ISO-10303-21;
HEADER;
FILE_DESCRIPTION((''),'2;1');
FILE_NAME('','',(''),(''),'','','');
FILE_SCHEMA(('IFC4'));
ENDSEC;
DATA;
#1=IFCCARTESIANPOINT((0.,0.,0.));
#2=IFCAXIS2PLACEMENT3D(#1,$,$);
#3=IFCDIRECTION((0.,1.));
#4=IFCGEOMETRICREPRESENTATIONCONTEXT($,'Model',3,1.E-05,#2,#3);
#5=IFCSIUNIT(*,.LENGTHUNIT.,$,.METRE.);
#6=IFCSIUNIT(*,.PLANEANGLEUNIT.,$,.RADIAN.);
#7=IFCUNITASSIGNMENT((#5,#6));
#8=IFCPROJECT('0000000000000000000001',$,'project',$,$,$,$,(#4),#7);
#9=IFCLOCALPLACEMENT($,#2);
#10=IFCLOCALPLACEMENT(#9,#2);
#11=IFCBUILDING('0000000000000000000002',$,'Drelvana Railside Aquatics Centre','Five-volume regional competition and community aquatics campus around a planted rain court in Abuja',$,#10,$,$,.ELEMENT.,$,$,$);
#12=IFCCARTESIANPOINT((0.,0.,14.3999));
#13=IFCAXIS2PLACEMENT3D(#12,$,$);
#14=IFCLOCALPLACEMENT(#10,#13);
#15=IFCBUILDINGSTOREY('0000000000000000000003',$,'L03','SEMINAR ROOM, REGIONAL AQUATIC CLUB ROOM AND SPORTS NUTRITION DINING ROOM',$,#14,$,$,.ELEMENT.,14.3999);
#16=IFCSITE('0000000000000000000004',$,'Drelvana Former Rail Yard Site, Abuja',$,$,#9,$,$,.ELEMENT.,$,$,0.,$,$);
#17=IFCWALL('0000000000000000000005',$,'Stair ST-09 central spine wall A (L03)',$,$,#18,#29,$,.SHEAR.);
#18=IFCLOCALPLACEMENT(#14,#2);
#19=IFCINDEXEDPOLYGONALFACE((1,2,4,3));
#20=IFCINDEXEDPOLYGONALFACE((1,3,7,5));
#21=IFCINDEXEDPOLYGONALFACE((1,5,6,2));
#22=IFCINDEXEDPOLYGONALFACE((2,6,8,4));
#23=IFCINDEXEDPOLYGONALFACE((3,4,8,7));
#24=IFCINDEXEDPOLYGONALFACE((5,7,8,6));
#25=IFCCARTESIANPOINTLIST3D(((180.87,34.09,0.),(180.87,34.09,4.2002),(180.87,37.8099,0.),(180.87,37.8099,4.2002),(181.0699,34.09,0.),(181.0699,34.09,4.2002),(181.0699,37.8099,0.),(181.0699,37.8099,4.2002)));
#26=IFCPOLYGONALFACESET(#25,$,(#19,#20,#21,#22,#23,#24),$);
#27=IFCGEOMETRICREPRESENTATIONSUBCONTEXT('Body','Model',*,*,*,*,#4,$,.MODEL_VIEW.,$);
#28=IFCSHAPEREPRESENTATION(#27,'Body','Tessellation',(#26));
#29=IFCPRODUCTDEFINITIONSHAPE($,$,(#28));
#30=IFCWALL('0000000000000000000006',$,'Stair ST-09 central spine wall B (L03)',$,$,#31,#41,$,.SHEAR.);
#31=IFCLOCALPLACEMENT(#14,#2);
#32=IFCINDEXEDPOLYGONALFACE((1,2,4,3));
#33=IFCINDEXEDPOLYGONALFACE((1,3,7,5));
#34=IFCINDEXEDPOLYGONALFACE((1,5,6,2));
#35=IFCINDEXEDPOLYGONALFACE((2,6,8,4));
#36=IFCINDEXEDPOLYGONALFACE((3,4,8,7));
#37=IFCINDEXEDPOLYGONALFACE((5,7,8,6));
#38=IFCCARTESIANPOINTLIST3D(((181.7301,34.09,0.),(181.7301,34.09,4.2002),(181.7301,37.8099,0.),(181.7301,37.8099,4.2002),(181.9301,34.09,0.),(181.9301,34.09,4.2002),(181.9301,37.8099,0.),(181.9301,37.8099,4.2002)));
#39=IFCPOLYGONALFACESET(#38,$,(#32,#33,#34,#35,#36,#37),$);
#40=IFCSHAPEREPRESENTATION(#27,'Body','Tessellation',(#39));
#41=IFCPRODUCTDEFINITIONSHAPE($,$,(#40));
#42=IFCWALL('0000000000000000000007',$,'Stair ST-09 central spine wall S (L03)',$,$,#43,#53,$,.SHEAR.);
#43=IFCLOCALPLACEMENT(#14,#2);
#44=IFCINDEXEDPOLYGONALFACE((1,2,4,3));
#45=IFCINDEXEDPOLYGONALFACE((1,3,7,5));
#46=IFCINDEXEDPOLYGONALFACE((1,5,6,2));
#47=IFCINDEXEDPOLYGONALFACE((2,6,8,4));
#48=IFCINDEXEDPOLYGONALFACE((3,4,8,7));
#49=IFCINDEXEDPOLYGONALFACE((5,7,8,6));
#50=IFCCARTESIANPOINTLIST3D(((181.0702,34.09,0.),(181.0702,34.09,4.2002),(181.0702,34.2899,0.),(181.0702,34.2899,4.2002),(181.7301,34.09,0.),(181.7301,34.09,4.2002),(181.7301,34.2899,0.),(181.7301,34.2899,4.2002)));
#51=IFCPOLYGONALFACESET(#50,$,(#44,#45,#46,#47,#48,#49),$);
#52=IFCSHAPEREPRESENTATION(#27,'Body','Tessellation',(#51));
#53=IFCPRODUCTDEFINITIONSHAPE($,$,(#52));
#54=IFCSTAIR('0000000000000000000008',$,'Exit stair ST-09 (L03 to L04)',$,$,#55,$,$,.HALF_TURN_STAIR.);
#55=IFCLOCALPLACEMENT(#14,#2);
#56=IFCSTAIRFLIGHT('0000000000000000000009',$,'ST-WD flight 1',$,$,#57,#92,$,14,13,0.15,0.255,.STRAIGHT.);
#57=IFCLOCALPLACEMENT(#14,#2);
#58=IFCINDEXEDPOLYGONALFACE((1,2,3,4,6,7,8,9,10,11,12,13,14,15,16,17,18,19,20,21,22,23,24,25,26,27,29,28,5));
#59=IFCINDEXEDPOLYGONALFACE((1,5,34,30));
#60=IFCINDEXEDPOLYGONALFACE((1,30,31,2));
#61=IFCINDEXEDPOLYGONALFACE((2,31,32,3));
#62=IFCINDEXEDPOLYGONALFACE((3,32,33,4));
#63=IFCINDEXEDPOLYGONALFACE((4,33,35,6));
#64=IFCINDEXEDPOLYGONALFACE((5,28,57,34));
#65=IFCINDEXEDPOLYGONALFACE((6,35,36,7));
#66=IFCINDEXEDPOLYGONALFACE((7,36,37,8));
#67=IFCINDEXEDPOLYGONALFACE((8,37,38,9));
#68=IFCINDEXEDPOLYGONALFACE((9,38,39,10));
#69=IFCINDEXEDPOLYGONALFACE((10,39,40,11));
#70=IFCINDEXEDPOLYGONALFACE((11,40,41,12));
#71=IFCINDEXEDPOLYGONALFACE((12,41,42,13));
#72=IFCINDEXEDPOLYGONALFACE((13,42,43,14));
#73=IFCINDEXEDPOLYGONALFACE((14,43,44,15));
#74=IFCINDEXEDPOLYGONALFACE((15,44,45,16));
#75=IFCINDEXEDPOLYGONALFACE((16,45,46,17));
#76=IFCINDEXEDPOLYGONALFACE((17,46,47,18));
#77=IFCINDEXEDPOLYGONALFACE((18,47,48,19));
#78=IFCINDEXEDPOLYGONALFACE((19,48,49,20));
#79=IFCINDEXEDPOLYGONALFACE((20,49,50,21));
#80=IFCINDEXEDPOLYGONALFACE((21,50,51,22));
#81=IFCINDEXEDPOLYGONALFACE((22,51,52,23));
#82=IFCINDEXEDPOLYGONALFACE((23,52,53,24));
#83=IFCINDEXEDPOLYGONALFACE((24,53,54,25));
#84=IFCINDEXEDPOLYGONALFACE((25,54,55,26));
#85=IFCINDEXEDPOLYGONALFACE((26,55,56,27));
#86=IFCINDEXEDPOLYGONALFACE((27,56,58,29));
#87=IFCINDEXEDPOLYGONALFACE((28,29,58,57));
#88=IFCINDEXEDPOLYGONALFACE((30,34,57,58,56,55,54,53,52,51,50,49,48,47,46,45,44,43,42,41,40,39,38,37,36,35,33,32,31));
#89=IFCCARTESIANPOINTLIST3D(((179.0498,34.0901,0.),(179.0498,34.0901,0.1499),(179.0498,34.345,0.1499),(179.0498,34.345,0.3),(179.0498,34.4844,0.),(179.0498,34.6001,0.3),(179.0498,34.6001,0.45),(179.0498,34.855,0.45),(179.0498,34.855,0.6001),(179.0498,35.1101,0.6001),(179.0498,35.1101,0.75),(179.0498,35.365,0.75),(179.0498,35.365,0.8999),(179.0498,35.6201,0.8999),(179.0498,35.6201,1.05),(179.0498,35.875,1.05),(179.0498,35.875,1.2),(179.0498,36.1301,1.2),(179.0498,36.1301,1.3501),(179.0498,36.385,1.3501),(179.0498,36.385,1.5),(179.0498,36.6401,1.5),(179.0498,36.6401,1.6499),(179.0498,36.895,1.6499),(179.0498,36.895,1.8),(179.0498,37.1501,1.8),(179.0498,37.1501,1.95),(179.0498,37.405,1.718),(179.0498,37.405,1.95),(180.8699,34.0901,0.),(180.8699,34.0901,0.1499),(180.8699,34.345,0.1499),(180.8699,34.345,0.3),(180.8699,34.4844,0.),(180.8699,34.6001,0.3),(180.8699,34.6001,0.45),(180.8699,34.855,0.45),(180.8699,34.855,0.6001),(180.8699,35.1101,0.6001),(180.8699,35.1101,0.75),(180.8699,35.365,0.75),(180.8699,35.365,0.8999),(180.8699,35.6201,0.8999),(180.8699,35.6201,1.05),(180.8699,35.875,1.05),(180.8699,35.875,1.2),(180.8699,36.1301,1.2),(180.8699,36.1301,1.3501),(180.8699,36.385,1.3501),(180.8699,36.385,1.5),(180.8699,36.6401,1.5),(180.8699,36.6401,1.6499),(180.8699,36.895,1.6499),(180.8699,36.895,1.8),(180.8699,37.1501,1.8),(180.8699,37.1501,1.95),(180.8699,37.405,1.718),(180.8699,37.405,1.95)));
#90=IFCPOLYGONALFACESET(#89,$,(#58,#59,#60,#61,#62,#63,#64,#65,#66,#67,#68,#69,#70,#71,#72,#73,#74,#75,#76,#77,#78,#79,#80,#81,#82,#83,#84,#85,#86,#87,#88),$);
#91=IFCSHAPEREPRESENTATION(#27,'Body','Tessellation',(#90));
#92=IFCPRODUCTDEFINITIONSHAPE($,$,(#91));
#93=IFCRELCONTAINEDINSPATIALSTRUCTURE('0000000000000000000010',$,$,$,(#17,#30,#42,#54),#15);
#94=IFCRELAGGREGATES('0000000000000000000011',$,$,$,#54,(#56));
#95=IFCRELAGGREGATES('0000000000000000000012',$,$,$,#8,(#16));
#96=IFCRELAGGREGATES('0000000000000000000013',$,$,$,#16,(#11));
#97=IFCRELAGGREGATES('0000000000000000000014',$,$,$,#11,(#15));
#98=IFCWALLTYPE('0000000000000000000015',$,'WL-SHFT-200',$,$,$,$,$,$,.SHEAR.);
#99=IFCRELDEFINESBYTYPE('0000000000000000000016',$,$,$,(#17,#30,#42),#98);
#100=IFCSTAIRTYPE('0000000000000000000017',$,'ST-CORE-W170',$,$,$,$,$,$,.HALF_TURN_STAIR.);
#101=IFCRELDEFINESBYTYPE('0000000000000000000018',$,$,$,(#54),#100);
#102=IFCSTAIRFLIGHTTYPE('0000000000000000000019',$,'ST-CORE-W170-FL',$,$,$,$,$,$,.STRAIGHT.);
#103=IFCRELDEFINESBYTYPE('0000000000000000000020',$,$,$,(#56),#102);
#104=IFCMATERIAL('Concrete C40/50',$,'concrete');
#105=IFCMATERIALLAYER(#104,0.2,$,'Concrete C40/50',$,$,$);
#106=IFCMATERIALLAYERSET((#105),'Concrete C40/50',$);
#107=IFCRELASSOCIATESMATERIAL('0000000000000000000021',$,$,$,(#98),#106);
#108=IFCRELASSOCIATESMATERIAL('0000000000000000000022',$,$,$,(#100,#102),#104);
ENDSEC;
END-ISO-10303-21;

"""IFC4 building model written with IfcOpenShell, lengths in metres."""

from ifc_helpers import new_model, si_unit, direction, frame, frame_2d, origin, place, context, subcontext, project, spatial, polyline, rectangle, outline, extrude, material, layer, layer_set, type_object, element, aggregate, save


model = new_model("IFC4")

# Units and contexts
model_context = context("Model", 3, precision=1e-05, world=origin(), true_north=direction((0.0, 1.0)))
body_context = subcontext(model_context, "Body", "Model", "MODEL_VIEW")
ifc_project = project(units=[si_unit("LENGTHUNIT", "METRE"), si_unit("PLANEANGLEUNIT", "RADIAN")], contexts=[model_context])

# Site, building, storey
site_placement = place(None, origin())
site = spatial("IfcSite", under=ifc_project, at=site_placement, Name="Drelvana Former Rail Yard Site, Abuja", CompositionType="ELEMENT", RefElevation=0.0)
building_placement = place(site_placement, origin())
building = spatial("IfcBuilding", under=site, at=building_placement, Name="Drelvana Railside Aquatics Centre", Description="Five-volume regional competition and community aquatics campus around a planted rain court in Abuja", CompositionType="ELEMENT")
storey_placement = place(building_placement, frame((0.0, 0.0, 14.3999)))
storey = spatial("IfcBuildingStorey", under=building, at=storey_placement, Name="L03", Description="SEMINAR ROOM, REGIONAL AQUATIC CLUB ROOM AND SPORTS NUTRITION DINING ROOM", CompositionType="ELEMENT", Elevation=14.3999)

# Shared definitions
ifc_material_1 = material(Name="Concrete C40/50", Category="concrete")

# Walls
ifc_layer_1 = layer(ifc_material_1, 0.2, Name="Concrete C40/50")
ifc_layer_set_1 = layer_set([ifc_layer_1], Name="Concrete C40/50")
wall_type_1 = type_object("IfcWallType", Name="WL-SHFT-200", PredefinedType="SHEAR", material=ifc_layer_set_1)
for number, where, z_axis, x_axis, name in (
    (1, (180.97, 34.0901, 0.0), (0.0, 0.0, 1.0), (0.0, 1.0, 0.0), "Stair ST-09 central spine wall A (L03)"),
    (2, (181.8301, 34.0901, 0.0), (0.0, 0.0, 1.0), (0.0, 1.0, 0.0), "Stair ST-09 central spine wall B (L03)"),
):
    element("IfcWall", number, at=place(storey_placement, frame(where, z_axis=z_axis, x_axis=x_axis)), inside=storey, type_object=wall_type_1, Name=name, PredefinedType="SHEAR", context=body_context, shape_type="SweptSolid", body=[
        extrude(rectangle(XDim=3.72, YDim=0.2, at=frame_2d((1.8599, 0.0))), origin(), (0.0, 0.0, 1.0), 4.2002),
    ])
wall_1_placement = place(storey_placement, frame((181.0701, 34.1899, 0.0), z_axis=(0.0, 0.0, 1.0), x_axis=(1.0, 0.0, 0.0)))
element("IfcWall", 3, at=wall_1_placement, inside=storey, type_object=wall_type_1, Name="Stair ST-09 central spine wall S (L03)", PredefinedType="SHEAR", context=body_context, shape_type="SweptSolid", body=[
    extrude(rectangle(XDim=0.6599, YDim=0.2, at=frame_2d((0.3301, 0.0))), origin(), (0.0, 0.0, 1.0), 4.2002),
])

# Stair, stair flight
stair_type = type_object("IfcStairType", Name="ST-CORE-W170", PredefinedType="HALF_TURN_STAIR", material=ifc_material_1)
stair_placement = place(storey_placement, origin())
stair = element("IfcStair", 4, at=stair_placement, inside=storey, type_object=stair_type, Name="Exit stair ST-09 (L03 to L04)", PredefinedType="HALF_TURN_STAIR")
stair_flight_type = type_object("IfcStairFlightType", Name="ST-CORE-W170-FL", PredefinedType="STRAIGHT", material=ifc_material_1)
stair_flight_placement = place(storey_placement, frame((179.96, 34.0901, 0.0), z_axis=(0.0, 0.0, 1.0), x_axis=(0.0, 1.0, 0.0)))
stair_flight = element("IfcStairFlight", 5, at=stair_flight_placement, type_object=stair_flight_type, Name="ST-WD flight 1", NumberOfRisers=14, NumberOfTreads=13, PredefinedType="STRAIGHT", RiserHeight=0.15, TreadLength=0.255, context=body_context, shape_type="SweptSolid", body=[
    extrude(outline(polyline([(0.0, 0.0), (0.0, 0.1499), (0.2549, 0.1499), (0.2549, 0.3), (0.51, 0.3), (0.51, 0.45), (0.7649, 0.45), (0.7649, 0.6001), (1.02, 0.6001), (1.02, 0.75), (1.2749, 0.75), (1.2749, 0.8999), (1.53, 0.8999), (1.53, 1.05), (1.7849, 1.05), (1.7849, 1.2), (2.04, 1.2), (2.04, 1.3501), (2.2949, 1.3501), (2.2949, 1.5), (2.55, 1.5), (2.55, 1.6499), (2.8049, 1.6499), (2.8049, 1.8), (3.0601, 1.8), (3.0601, 1.95), (3.3149, 1.95), (3.3149, 2.1001), (3.3149, 1.718), (0.3943, 0.0), (0.0, 0.0)])), frame((0.0, 0.9102, 0.0), z_axis=(0.0, -1.0, 0.0), x_axis=(1.0, 0.0, 0.0)), (0.0, 0.0, 1.0), 1.8201),
])
aggregate(stair, [stair_flight])

save(model, "model.ifc")
